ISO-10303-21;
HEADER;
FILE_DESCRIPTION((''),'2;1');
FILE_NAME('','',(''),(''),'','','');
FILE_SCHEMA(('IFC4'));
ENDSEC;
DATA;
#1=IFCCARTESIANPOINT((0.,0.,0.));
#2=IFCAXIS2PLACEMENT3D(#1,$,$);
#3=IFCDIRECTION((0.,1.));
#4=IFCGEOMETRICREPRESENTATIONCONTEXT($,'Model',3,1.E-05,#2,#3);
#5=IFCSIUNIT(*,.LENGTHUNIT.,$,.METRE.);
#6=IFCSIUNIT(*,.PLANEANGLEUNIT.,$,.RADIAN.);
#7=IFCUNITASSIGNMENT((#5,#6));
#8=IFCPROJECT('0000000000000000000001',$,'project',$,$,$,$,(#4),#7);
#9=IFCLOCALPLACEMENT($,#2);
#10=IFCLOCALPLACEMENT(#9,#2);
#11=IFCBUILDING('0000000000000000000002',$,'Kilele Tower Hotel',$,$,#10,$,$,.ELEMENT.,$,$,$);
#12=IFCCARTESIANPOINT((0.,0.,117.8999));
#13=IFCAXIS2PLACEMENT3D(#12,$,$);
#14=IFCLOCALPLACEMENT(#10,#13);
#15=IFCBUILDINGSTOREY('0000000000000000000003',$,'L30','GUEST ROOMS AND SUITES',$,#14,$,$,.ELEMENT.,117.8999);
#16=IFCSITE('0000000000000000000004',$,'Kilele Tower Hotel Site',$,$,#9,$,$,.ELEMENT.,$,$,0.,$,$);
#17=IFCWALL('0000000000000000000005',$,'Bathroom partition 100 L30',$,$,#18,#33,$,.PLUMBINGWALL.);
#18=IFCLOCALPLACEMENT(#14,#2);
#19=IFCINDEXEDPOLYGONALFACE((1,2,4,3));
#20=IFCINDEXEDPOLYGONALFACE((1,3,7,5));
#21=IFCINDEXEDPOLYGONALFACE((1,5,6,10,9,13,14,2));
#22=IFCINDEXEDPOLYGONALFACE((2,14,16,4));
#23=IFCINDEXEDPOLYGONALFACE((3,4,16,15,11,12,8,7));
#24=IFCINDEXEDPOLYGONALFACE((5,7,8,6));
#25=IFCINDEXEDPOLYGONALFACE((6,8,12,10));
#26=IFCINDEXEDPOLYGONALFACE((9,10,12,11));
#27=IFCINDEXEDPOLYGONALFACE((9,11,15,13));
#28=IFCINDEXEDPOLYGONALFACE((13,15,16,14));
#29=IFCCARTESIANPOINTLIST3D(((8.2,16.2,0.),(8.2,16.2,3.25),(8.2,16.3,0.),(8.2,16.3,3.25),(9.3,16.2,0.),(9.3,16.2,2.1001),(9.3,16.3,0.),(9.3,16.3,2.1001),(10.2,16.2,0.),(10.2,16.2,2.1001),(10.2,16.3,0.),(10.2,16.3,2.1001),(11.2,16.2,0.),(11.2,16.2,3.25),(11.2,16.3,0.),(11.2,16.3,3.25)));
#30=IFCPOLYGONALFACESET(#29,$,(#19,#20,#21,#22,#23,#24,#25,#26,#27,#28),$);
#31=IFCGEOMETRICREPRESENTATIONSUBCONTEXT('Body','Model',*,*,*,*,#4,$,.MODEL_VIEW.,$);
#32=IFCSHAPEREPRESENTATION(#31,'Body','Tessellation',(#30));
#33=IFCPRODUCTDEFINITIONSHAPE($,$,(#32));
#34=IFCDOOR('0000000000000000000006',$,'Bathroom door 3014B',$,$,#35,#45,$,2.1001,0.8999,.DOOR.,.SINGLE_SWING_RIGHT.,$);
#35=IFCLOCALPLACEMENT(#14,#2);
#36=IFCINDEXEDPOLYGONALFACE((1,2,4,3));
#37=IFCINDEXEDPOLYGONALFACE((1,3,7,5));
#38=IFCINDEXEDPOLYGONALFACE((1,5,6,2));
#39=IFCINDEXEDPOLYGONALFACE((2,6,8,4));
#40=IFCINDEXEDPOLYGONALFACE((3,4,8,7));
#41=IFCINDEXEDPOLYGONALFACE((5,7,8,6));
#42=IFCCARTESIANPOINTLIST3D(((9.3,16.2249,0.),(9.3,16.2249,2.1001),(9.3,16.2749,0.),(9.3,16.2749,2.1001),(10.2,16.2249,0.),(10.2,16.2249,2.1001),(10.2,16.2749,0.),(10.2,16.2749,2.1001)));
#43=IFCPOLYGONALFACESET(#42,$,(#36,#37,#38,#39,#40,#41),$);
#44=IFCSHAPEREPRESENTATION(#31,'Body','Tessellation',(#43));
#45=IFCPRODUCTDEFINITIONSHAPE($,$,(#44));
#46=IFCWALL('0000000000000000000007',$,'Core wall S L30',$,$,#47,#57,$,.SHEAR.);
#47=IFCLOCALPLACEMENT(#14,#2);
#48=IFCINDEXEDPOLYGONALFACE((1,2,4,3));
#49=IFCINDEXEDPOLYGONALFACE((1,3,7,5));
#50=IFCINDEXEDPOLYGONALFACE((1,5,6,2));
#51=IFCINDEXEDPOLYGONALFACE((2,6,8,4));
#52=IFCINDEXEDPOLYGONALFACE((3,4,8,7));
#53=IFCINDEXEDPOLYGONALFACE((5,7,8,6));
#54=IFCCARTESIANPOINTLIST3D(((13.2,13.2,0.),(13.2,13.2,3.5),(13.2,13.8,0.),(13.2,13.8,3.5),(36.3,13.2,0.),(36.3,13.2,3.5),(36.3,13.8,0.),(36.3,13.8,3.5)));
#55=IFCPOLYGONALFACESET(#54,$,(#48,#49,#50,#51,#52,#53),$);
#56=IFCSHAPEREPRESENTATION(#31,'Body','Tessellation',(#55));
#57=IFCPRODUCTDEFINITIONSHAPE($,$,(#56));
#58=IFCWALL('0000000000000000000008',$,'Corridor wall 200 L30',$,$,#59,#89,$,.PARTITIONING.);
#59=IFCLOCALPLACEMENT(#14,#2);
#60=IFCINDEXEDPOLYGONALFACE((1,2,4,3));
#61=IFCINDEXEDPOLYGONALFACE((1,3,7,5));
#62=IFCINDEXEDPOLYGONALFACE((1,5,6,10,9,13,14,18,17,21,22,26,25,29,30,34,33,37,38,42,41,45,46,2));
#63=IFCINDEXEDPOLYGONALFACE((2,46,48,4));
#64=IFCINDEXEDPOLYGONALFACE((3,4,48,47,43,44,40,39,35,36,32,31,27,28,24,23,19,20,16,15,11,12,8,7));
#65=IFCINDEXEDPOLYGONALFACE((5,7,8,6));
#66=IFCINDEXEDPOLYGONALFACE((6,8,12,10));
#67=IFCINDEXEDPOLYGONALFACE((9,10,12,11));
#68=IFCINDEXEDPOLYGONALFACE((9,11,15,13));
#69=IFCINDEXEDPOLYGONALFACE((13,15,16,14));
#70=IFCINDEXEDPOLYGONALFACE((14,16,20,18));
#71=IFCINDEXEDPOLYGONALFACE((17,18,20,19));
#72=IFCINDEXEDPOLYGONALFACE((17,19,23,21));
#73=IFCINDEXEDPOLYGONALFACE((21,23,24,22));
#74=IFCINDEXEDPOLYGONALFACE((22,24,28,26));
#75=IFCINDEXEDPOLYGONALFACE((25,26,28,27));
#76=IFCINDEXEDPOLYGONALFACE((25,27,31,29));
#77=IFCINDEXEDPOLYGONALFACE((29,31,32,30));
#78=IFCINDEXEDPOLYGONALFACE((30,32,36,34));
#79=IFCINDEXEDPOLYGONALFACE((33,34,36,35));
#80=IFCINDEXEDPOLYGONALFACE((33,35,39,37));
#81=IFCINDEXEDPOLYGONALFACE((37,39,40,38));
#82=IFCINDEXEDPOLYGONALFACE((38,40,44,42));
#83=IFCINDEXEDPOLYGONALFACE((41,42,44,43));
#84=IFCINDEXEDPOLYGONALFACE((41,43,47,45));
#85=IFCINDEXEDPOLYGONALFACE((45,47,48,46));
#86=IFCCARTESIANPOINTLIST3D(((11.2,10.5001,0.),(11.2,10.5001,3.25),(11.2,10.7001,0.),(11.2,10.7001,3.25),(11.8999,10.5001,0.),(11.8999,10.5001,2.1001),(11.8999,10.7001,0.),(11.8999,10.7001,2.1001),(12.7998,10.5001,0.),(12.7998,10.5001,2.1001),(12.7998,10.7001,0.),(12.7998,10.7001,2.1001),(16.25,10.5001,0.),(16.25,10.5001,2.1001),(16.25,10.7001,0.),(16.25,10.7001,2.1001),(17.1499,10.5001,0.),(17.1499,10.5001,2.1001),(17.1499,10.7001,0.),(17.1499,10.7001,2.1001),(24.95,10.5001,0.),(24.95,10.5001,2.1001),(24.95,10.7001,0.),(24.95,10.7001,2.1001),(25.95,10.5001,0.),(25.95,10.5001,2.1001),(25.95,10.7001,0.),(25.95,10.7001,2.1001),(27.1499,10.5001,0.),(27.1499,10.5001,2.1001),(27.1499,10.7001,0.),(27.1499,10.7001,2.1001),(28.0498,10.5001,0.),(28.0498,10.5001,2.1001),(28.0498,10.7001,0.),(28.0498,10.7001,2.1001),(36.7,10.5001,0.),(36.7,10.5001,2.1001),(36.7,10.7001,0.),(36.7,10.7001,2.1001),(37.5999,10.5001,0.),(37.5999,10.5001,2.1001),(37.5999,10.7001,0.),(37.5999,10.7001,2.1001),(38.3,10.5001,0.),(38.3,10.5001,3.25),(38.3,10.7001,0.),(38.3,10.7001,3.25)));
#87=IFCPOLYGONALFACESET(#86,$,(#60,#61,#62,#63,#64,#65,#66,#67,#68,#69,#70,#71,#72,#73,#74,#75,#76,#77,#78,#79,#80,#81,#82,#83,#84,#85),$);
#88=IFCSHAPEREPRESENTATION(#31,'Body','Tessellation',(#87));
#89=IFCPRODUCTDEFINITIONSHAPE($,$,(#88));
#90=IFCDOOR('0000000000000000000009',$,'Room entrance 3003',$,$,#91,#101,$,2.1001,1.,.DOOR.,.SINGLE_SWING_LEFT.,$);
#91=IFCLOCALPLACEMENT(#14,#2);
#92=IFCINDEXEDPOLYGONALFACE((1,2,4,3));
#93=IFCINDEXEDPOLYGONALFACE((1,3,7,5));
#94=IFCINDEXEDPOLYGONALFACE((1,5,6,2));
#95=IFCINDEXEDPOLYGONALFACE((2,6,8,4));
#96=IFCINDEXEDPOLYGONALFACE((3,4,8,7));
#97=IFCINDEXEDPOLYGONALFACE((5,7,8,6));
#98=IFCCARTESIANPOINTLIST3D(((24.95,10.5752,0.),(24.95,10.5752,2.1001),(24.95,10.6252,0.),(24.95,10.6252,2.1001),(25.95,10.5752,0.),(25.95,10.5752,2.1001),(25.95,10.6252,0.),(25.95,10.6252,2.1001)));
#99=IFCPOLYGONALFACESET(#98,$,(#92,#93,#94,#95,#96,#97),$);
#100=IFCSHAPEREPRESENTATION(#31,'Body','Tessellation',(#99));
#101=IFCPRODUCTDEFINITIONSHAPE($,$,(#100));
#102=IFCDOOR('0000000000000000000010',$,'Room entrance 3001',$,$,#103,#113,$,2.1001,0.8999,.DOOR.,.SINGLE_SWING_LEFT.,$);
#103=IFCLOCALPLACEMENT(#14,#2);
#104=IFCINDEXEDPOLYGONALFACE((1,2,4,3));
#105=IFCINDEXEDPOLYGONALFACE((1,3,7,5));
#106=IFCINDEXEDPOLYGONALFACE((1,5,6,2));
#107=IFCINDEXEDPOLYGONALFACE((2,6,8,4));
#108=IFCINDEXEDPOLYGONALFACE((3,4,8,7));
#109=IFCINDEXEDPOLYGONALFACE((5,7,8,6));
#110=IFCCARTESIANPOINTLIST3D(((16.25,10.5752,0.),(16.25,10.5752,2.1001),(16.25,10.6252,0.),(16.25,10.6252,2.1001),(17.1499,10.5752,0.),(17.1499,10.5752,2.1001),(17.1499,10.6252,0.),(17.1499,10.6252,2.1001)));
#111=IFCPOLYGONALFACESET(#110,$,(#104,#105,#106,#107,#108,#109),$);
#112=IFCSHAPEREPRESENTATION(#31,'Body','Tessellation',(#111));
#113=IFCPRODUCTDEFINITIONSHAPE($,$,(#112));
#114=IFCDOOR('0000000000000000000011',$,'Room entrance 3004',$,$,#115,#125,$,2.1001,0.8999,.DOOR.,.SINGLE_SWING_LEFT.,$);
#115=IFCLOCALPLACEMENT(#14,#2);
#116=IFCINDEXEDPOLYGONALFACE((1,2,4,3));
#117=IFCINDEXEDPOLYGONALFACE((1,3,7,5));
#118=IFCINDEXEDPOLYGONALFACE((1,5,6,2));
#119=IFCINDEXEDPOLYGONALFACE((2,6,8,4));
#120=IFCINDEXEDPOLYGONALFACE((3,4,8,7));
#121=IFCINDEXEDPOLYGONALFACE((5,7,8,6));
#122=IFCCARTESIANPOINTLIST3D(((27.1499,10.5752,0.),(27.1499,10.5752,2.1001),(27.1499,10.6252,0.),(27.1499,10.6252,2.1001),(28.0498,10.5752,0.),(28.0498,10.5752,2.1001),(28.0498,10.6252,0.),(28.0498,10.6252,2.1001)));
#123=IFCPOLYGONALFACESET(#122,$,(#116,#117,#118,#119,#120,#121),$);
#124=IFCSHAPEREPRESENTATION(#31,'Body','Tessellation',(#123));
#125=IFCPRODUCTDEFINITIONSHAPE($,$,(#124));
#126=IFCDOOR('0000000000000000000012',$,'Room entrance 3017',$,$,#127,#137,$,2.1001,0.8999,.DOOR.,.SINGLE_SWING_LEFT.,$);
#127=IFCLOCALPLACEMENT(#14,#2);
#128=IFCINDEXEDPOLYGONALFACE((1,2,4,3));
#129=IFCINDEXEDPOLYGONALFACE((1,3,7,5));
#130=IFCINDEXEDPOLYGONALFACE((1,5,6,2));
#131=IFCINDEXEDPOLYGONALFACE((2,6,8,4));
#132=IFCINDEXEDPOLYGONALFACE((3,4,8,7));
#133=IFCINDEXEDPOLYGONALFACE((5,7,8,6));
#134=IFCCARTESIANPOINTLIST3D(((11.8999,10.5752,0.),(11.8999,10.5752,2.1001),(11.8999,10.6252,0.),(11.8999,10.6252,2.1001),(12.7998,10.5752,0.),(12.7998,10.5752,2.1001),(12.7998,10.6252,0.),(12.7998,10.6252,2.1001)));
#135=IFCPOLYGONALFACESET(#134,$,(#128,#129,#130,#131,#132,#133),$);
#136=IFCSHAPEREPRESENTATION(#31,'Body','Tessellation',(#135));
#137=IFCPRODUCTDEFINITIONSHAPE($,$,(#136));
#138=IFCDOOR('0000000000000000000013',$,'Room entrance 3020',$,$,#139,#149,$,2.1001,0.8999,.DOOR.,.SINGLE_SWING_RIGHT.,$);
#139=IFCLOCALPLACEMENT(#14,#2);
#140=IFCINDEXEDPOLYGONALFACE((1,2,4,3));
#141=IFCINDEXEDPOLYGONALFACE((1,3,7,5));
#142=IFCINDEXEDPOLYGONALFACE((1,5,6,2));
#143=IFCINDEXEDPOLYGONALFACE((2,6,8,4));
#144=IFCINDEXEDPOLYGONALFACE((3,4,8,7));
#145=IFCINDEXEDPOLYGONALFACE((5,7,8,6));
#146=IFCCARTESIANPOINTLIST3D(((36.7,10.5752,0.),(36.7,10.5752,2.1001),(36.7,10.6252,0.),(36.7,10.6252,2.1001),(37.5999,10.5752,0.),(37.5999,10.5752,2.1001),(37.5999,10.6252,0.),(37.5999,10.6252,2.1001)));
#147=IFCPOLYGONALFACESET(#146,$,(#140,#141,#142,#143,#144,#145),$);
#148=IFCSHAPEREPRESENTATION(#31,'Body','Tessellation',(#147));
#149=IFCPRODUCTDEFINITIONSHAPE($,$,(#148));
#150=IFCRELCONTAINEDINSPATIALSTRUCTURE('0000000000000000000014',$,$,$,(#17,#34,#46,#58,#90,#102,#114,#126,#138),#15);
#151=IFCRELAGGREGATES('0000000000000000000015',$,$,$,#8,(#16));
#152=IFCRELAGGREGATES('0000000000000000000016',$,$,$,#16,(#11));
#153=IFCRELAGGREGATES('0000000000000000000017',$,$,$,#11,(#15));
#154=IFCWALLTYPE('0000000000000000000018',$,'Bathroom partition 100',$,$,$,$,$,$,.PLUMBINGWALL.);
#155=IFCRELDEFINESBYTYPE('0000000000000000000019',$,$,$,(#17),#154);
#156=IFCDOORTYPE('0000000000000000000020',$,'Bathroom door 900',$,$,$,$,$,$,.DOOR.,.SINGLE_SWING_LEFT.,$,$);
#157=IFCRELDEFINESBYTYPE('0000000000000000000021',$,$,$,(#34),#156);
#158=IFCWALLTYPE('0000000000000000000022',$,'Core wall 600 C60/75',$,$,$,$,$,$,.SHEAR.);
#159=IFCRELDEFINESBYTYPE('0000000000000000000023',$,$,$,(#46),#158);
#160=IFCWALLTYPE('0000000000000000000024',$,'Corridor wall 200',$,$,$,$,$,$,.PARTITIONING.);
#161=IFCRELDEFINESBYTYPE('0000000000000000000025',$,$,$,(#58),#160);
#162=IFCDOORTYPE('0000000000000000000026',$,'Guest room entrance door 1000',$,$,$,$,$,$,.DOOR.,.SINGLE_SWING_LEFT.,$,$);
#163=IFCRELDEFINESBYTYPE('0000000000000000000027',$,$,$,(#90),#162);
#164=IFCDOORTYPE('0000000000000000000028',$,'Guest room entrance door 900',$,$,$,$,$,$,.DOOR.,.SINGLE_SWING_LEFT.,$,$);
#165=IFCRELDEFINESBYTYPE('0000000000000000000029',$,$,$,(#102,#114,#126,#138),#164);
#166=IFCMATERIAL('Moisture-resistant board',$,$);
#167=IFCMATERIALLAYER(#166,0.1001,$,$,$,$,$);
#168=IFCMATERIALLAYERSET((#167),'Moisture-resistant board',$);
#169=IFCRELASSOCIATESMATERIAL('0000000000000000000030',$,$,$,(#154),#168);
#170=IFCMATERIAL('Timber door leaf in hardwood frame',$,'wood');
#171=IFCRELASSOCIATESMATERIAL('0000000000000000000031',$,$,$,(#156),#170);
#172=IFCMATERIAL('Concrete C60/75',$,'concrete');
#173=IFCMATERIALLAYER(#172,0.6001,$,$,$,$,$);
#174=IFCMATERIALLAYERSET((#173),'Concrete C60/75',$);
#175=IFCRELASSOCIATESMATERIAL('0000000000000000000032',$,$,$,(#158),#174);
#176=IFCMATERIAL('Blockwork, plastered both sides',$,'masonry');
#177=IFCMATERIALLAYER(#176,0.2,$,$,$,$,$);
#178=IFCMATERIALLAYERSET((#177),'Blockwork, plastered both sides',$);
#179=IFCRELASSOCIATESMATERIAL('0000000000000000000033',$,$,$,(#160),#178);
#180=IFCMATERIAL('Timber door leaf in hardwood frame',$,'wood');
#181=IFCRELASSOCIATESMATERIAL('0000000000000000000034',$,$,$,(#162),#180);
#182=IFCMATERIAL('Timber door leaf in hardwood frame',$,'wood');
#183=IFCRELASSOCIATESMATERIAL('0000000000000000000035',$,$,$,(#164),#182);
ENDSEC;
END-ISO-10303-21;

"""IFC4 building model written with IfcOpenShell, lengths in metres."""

from ifc_helpers import new_model, si_unit, direction, frame, frame_2d, origin, place, context, subcontext, project, spatial, rectangle, extrude, material, layer, layer_set, type_object, element, fill, save


model = new_model("IFC4")

# Units and contexts
model_context = context("Model", 3, precision=1e-05, world=origin(), true_north=direction((0.0, 1.0)))
body_context = subcontext(model_context, "Body", "Model", "MODEL_VIEW")
ifc_project = project(units=[si_unit("LENGTHUNIT", "METRE"), si_unit("PLANEANGLEUNIT", "RADIAN")], contexts=[model_context])

# Site, building, storey
site_placement = place(None, origin())
site = spatial("IfcSite", under=ifc_project, at=site_placement, Name="Kilele Tower Hotel Site", CompositionType="ELEMENT", RefElevation=0.0)
building_placement = place(site_placement, origin())
building = spatial("IfcBuilding", under=site, at=building_placement, Name="Kilele Tower Hotel", CompositionType="ELEMENT")
storey_placement = place(building_placement, frame((0.0, 0.0, 117.8999)))
storey = spatial("IfcBuildingStorey", under=building, at=storey_placement, Name="L30", Description="GUEST ROOMS AND SUITES", CompositionType="ELEMENT", Elevation=117.8999)

# Wall, opening, door
ifc_material_1 = material(Name="Moisture-resistant board")
ifc_layer_1 = layer(ifc_material_1, 0.1001)
ifc_layer_set_1 = layer_set([ifc_layer_1], Name="Moisture-resistant board")
wall_type_1 = type_object("IfcWallType", Name="Bathroom partition 100", PredefinedType="PLUMBINGWALL", material=ifc_layer_set_1)
wall_1_placement = place(storey_placement, frame((11.2, 16.25, 0.0), z_axis=(0.0, 0.0, 1.0), x_axis=(-1.0, 0.0, 0.0)))
wall_1 = element("IfcWall", 1, at=wall_1_placement, inside=storey, type_object=wall_type_1, Name="Bathroom partition 100 L30", PredefinedType="PLUMBINGWALL", context=body_context, shape_type="SweptSolid", body=[
    extrude(rectangle(XDim=3.0, YDim=0.1001, at=frame_2d((1.5, 0.0))), origin(), (0.0, 0.0, 1.0), 3.25),
])
opening_1_placement = place(wall_1_placement, frame((1.8999, 0.0, 0.0), z_axis=(0.0, 0.0, 1.0), x_axis=(-1.0, 0.0, 0.0)))
opening_1 = element("IfcOpeningElement", 2, at=opening_1_placement, cuts=wall_1, PredefinedType="OPENING", context=body_context, shape_type="SweptSolid", body=[
    extrude(rectangle(XDim=0.8999, YDim=2.1001, at=frame_2d((0.45, 1.05))), frame((0.0, 0.0601, 0.0), z_axis=(0.0, -1.0, 0.0), x_axis=(1.0, 0.0, 0.0)), (0.0, 0.0, 1.0), 0.1201),
])
ifc_material_2 = material(Name="Timber door leaf in hardwood frame", Category="wood")
door_type_1 = type_object("IfcDoorType", Name="Bathroom door 900", OperationType="SINGLE_SWING_LEFT", PredefinedType="DOOR", material=ifc_material_2)
door_1_placement = place(opening_1_placement, origin())
door_1 = element("IfcDoor", 3, at=door_1_placement, inside=storey, type_object=door_type_1, Name="Bathroom door 3014B", OperationType="SINGLE_SWING_RIGHT", OverallHeight=2.1001, OverallWidth=0.8999, PredefinedType="DOOR", context=body_context, shape_type="SweptSolid", body=[
    extrude(rectangle(XDim=0.8999, YDim=2.1001, at=frame_2d((0.45, 1.05))), frame((0.0, 0.0249, 0.0), z_axis=(0.0, -1.0, 0.0), x_axis=(1.0, 0.0, 0.0)), (0.0, 0.0, 1.0), 0.05),
])
fill(opening_1, door_1)

# Wall
ifc_material_3 = material(Name="Concrete C60/75", Category="concrete")
ifc_layer_2 = layer(ifc_material_3, 0.6001)
ifc_layer_set_2 = layer_set([ifc_layer_2], Name="Concrete C60/75")
wall_type_2 = type_object("IfcWallType", Name="Core wall 600 C60/75", PredefinedType="SHEAR", material=ifc_layer_set_2)
wall_2_placement = place(storey_placement, frame((13.2, 13.5, 0.0), z_axis=(0.0, 0.0, 1.0), x_axis=(1.0, 0.0, 0.0)))
element("IfcWall", 4, at=wall_2_placement, inside=storey, type_object=wall_type_2, Name="Core wall S L30", PredefinedType="SHEAR", context=body_context, shape_type="SweptSolid", body=[
    extrude(rectangle(XDim=23.1001, YDim=0.6001, at=frame_2d((11.55, 0.0))), origin(), (0.0, 0.0, 1.0), 3.5),
])

# Wall, openings, doors
ifc_material_4 = material(Name="Blockwork, plastered both sides", Category="masonry")
ifc_layer_3 = layer(ifc_material_4, 0.2)
ifc_layer_set_3 = layer_set([ifc_layer_3], Name="Blockwork, plastered both sides")
wall_type_3 = type_object("IfcWallType", Name="Corridor wall 200", PredefinedType="PARTITIONING", material=ifc_layer_set_3)
wall_3_placement = place(storey_placement, frame((11.2, 10.6001, 0.0), z_axis=(0.0, 0.0, 1.0), x_axis=(1.0, 0.0, 0.0)))
wall_3 = element("IfcWall", 5, at=wall_3_placement, inside=storey, type_object=wall_type_3, Name="Corridor wall 200 L30", PredefinedType="PARTITIONING", context=body_context, shape_type="SweptSolid", body=[
    extrude(rectangle(XDim=27.1001, YDim=0.2, at=frame_2d((13.55, 0.0))), origin(), (0.0, 0.0, 1.0), 3.25),
])
opening_2_placement = place(wall_3_placement, frame((5.95, 0.0, 0.0), z_axis=(0.0, 0.0, 1.0), x_axis=(-1.0, 0.0, 0.0)))
opening_2 = element("IfcOpeningElement", 6, at=opening_2_placement, cuts=wall_3, PredefinedType="OPENING", context=body_context, shape_type="SweptSolid", body=[
    extrude(rectangle(XDim=0.8999, YDim=2.1001, at=frame_2d((0.45, 1.05))), frame((0.0, 0.1099, 0.0), z_axis=(0.0, -1.0, 0.0), x_axis=(1.0, 0.0, 0.0)), (0.0, 0.0, 1.0), 0.22),
])
opening_3_placement = place(wall_3_placement, frame((14.75, 0.0, 0.0), z_axis=(0.0, 0.0, 1.0), x_axis=(-1.0, 0.0, 0.0)))
opening_3 = element("IfcOpeningElement", 7, at=opening_3_placement, cuts=wall_3, PredefinedType="OPENING", context=body_context, shape_type="SweptSolid", body=[
    extrude(rectangle(XDim=1.0, YDim=2.1001, at=frame_2d((0.5, 1.05))), frame((0.0, 0.1099, 0.0), z_axis=(0.0, -1.0, 0.0), x_axis=(1.0, 0.0, 0.0)), (0.0, 0.0, 1.0), 0.22),
])
opening_4_placement = place(wall_3_placement, frame((16.8499, 0.0, 0.0), z_axis=(0.0, 0.0, 1.0), x_axis=(-1.0, 0.0, 0.0)))
opening_4 = element("IfcOpeningElement", 8, at=opening_4_placement, cuts=wall_3, PredefinedType="OPENING", context=body_context, shape_type="SweptSolid", body=[
    extrude(rectangle(XDim=0.8999, YDim=2.1001, at=frame_2d((0.45, 1.05))), frame((0.0, 0.1099, 0.0), z_axis=(0.0, -1.0, 0.0), x_axis=(1.0, 0.0, 0.0)), (0.0, 0.0, 1.0), 0.22),
])
opening_5_placement = place(wall_3_placement, frame((1.5999, 0.0, 0.0), z_axis=(0.0, 0.0, 1.0), x_axis=(-1.0, 0.0, 0.0)))
opening_5 = element("IfcOpeningElement", 9, at=opening_5_placement, cuts=wall_3, PredefinedType="OPENING", context=body_context, shape_type="SweptSolid", body=[
    extrude(rectangle(XDim=0.8999, YDim=2.1001, at=frame_2d((0.45, 1.05))), frame((0.0, 0.1099, 0.0), z_axis=(0.0, -1.0, 0.0), x_axis=(1.0, 0.0, 0.0)), (0.0, 0.0, 1.0), 0.22),
])
opening_6_placement = place(wall_3_placement, frame((26.3999, 0.0, 0.0), z_axis=(0.0, 0.0, 1.0), x_axis=(-1.0, 0.0, 0.0)))
opening_6 = element("IfcOpeningElement", 10, at=opening_6_placement, cuts=wall_3, PredefinedType="OPENING", context=body_context, shape_type="SweptSolid", body=[
    extrude(rectangle(XDim=0.8999, YDim=2.1001, at=frame_2d((0.45, 1.05))), frame((0.0, 0.1099, 0.0), z_axis=(0.0, -1.0, 0.0), x_axis=(1.0, 0.0, 0.0)), (0.0, 0.0, 1.0), 0.22),
])
ifc_material_5 = material(Name="Timber door leaf in hardwood frame", Category="wood")
door_type_2 = type_object("IfcDoorType", Name="Guest room entrance door 1000", OperationType="SINGLE_SWING_LEFT", PredefinedType="DOOR", material=ifc_material_5)
door_2_placement = place(opening_3_placement, origin())
door_2 = element("IfcDoor", 11, at=door_2_placement, inside=storey, type_object=door_type_2, Name="Room entrance 3003", OperationType="SINGLE_SWING_LEFT", OverallHeight=2.1001, OverallWidth=1.0, PredefinedType="DOOR", context=body_context, shape_type="SweptSolid", body=[
    extrude(rectangle(XDim=1.0, YDim=2.1001, at=frame_2d((0.5, 1.05))), frame((0.0, 0.0249, 0.0), z_axis=(0.0, -1.0, 0.0), x_axis=(1.0, 0.0, 0.0)), (0.0, 0.0, 1.0), 0.05),
])
fill(opening_3, door_2)
ifc_material_6 = material(Name="Timber door leaf in hardwood frame", Category="wood")
door_type_3 = type_object("IfcDoorType", Name="Guest room entrance door 900", OperationType="SINGLE_SWING_LEFT", PredefinedType="DOOR", material=ifc_material_6)
door_3_placement = place(opening_2_placement, origin())
door_3 = element("IfcDoor", 12, at=door_3_placement, inside=storey, type_object=door_type_3, Name="Room entrance 3001", OperationType="SINGLE_SWING_LEFT", OverallHeight=2.1001, OverallWidth=0.8999, PredefinedType="DOOR", context=body_context, shape_type="SweptSolid", body=[
    extrude(rectangle(XDim=0.8999, YDim=2.1001, at=frame_2d((0.45, 1.05))), frame((0.0, 0.0249, 0.0), z_axis=(0.0, -1.0, 0.0), x_axis=(1.0, 0.0, 0.0)), (0.0, 0.0, 1.0), 0.05),
])
fill(opening_2, door_3)
door_4_placement = place(opening_4_placement, origin())
door_4 = element("IfcDoor", 13, at=door_4_placement, inside=storey, type_object=door_type_3, Name="Room entrance 3004", OperationType="SINGLE_SWING_LEFT", OverallHeight=2.1001, OverallWidth=0.8999, PredefinedType="DOOR", context=body_context, shape_type="SweptSolid", body=[
    extrude(rectangle(XDim=0.8999, YDim=2.1001, at=frame_2d((0.45, 1.05))), frame((0.0, 0.0249, 0.0), z_axis=(0.0, -1.0, 0.0), x_axis=(1.0, 0.0, 0.0)), (0.0, 0.0, 1.0), 0.05),
])
fill(opening_4, door_4)
door_5_placement = place(opening_5_placement, origin())
door_5 = element("IfcDoor", 14, at=door_5_placement, inside=storey, type_object=door_type_3, Name="Room entrance 3017", OperationType="SINGLE_SWING_LEFT", OverallHeight=2.1001, OverallWidth=0.8999, PredefinedType="DOOR", context=body_context, shape_type="SweptSolid", body=[
    extrude(rectangle(XDim=0.8999, YDim=2.1001, at=frame_2d((0.45, 1.05))), frame((0.0, 0.0249, 0.0), z_axis=(0.0, -1.0, 0.0), x_axis=(1.0, 0.0, 0.0)), (0.0, 0.0, 1.0), 0.05),
])
fill(opening_5, door_5)
door_6_placement = place(opening_6_placement, origin())
door_6 = element("IfcDoor", 15, at=door_6_placement, inside=storey, type_object=door_type_3, Name="Room entrance 3020", OperationType="SINGLE_SWING_RIGHT", OverallHeight=2.1001, OverallWidth=0.8999, PredefinedType="DOOR", context=body_context, shape_type="SweptSolid", body=[
    extrude(rectangle(XDim=0.8999, YDim=2.1001, at=frame_2d((0.45, 1.05))), frame((0.0, 0.0249, 0.0), z_axis=(0.0, -1.0, 0.0), x_axis=(1.0, 0.0, 0.0)), (0.0, 0.0, 1.0), 0.05),
])
fill(opening_6, door_6)

save(model, "model.ifc")
